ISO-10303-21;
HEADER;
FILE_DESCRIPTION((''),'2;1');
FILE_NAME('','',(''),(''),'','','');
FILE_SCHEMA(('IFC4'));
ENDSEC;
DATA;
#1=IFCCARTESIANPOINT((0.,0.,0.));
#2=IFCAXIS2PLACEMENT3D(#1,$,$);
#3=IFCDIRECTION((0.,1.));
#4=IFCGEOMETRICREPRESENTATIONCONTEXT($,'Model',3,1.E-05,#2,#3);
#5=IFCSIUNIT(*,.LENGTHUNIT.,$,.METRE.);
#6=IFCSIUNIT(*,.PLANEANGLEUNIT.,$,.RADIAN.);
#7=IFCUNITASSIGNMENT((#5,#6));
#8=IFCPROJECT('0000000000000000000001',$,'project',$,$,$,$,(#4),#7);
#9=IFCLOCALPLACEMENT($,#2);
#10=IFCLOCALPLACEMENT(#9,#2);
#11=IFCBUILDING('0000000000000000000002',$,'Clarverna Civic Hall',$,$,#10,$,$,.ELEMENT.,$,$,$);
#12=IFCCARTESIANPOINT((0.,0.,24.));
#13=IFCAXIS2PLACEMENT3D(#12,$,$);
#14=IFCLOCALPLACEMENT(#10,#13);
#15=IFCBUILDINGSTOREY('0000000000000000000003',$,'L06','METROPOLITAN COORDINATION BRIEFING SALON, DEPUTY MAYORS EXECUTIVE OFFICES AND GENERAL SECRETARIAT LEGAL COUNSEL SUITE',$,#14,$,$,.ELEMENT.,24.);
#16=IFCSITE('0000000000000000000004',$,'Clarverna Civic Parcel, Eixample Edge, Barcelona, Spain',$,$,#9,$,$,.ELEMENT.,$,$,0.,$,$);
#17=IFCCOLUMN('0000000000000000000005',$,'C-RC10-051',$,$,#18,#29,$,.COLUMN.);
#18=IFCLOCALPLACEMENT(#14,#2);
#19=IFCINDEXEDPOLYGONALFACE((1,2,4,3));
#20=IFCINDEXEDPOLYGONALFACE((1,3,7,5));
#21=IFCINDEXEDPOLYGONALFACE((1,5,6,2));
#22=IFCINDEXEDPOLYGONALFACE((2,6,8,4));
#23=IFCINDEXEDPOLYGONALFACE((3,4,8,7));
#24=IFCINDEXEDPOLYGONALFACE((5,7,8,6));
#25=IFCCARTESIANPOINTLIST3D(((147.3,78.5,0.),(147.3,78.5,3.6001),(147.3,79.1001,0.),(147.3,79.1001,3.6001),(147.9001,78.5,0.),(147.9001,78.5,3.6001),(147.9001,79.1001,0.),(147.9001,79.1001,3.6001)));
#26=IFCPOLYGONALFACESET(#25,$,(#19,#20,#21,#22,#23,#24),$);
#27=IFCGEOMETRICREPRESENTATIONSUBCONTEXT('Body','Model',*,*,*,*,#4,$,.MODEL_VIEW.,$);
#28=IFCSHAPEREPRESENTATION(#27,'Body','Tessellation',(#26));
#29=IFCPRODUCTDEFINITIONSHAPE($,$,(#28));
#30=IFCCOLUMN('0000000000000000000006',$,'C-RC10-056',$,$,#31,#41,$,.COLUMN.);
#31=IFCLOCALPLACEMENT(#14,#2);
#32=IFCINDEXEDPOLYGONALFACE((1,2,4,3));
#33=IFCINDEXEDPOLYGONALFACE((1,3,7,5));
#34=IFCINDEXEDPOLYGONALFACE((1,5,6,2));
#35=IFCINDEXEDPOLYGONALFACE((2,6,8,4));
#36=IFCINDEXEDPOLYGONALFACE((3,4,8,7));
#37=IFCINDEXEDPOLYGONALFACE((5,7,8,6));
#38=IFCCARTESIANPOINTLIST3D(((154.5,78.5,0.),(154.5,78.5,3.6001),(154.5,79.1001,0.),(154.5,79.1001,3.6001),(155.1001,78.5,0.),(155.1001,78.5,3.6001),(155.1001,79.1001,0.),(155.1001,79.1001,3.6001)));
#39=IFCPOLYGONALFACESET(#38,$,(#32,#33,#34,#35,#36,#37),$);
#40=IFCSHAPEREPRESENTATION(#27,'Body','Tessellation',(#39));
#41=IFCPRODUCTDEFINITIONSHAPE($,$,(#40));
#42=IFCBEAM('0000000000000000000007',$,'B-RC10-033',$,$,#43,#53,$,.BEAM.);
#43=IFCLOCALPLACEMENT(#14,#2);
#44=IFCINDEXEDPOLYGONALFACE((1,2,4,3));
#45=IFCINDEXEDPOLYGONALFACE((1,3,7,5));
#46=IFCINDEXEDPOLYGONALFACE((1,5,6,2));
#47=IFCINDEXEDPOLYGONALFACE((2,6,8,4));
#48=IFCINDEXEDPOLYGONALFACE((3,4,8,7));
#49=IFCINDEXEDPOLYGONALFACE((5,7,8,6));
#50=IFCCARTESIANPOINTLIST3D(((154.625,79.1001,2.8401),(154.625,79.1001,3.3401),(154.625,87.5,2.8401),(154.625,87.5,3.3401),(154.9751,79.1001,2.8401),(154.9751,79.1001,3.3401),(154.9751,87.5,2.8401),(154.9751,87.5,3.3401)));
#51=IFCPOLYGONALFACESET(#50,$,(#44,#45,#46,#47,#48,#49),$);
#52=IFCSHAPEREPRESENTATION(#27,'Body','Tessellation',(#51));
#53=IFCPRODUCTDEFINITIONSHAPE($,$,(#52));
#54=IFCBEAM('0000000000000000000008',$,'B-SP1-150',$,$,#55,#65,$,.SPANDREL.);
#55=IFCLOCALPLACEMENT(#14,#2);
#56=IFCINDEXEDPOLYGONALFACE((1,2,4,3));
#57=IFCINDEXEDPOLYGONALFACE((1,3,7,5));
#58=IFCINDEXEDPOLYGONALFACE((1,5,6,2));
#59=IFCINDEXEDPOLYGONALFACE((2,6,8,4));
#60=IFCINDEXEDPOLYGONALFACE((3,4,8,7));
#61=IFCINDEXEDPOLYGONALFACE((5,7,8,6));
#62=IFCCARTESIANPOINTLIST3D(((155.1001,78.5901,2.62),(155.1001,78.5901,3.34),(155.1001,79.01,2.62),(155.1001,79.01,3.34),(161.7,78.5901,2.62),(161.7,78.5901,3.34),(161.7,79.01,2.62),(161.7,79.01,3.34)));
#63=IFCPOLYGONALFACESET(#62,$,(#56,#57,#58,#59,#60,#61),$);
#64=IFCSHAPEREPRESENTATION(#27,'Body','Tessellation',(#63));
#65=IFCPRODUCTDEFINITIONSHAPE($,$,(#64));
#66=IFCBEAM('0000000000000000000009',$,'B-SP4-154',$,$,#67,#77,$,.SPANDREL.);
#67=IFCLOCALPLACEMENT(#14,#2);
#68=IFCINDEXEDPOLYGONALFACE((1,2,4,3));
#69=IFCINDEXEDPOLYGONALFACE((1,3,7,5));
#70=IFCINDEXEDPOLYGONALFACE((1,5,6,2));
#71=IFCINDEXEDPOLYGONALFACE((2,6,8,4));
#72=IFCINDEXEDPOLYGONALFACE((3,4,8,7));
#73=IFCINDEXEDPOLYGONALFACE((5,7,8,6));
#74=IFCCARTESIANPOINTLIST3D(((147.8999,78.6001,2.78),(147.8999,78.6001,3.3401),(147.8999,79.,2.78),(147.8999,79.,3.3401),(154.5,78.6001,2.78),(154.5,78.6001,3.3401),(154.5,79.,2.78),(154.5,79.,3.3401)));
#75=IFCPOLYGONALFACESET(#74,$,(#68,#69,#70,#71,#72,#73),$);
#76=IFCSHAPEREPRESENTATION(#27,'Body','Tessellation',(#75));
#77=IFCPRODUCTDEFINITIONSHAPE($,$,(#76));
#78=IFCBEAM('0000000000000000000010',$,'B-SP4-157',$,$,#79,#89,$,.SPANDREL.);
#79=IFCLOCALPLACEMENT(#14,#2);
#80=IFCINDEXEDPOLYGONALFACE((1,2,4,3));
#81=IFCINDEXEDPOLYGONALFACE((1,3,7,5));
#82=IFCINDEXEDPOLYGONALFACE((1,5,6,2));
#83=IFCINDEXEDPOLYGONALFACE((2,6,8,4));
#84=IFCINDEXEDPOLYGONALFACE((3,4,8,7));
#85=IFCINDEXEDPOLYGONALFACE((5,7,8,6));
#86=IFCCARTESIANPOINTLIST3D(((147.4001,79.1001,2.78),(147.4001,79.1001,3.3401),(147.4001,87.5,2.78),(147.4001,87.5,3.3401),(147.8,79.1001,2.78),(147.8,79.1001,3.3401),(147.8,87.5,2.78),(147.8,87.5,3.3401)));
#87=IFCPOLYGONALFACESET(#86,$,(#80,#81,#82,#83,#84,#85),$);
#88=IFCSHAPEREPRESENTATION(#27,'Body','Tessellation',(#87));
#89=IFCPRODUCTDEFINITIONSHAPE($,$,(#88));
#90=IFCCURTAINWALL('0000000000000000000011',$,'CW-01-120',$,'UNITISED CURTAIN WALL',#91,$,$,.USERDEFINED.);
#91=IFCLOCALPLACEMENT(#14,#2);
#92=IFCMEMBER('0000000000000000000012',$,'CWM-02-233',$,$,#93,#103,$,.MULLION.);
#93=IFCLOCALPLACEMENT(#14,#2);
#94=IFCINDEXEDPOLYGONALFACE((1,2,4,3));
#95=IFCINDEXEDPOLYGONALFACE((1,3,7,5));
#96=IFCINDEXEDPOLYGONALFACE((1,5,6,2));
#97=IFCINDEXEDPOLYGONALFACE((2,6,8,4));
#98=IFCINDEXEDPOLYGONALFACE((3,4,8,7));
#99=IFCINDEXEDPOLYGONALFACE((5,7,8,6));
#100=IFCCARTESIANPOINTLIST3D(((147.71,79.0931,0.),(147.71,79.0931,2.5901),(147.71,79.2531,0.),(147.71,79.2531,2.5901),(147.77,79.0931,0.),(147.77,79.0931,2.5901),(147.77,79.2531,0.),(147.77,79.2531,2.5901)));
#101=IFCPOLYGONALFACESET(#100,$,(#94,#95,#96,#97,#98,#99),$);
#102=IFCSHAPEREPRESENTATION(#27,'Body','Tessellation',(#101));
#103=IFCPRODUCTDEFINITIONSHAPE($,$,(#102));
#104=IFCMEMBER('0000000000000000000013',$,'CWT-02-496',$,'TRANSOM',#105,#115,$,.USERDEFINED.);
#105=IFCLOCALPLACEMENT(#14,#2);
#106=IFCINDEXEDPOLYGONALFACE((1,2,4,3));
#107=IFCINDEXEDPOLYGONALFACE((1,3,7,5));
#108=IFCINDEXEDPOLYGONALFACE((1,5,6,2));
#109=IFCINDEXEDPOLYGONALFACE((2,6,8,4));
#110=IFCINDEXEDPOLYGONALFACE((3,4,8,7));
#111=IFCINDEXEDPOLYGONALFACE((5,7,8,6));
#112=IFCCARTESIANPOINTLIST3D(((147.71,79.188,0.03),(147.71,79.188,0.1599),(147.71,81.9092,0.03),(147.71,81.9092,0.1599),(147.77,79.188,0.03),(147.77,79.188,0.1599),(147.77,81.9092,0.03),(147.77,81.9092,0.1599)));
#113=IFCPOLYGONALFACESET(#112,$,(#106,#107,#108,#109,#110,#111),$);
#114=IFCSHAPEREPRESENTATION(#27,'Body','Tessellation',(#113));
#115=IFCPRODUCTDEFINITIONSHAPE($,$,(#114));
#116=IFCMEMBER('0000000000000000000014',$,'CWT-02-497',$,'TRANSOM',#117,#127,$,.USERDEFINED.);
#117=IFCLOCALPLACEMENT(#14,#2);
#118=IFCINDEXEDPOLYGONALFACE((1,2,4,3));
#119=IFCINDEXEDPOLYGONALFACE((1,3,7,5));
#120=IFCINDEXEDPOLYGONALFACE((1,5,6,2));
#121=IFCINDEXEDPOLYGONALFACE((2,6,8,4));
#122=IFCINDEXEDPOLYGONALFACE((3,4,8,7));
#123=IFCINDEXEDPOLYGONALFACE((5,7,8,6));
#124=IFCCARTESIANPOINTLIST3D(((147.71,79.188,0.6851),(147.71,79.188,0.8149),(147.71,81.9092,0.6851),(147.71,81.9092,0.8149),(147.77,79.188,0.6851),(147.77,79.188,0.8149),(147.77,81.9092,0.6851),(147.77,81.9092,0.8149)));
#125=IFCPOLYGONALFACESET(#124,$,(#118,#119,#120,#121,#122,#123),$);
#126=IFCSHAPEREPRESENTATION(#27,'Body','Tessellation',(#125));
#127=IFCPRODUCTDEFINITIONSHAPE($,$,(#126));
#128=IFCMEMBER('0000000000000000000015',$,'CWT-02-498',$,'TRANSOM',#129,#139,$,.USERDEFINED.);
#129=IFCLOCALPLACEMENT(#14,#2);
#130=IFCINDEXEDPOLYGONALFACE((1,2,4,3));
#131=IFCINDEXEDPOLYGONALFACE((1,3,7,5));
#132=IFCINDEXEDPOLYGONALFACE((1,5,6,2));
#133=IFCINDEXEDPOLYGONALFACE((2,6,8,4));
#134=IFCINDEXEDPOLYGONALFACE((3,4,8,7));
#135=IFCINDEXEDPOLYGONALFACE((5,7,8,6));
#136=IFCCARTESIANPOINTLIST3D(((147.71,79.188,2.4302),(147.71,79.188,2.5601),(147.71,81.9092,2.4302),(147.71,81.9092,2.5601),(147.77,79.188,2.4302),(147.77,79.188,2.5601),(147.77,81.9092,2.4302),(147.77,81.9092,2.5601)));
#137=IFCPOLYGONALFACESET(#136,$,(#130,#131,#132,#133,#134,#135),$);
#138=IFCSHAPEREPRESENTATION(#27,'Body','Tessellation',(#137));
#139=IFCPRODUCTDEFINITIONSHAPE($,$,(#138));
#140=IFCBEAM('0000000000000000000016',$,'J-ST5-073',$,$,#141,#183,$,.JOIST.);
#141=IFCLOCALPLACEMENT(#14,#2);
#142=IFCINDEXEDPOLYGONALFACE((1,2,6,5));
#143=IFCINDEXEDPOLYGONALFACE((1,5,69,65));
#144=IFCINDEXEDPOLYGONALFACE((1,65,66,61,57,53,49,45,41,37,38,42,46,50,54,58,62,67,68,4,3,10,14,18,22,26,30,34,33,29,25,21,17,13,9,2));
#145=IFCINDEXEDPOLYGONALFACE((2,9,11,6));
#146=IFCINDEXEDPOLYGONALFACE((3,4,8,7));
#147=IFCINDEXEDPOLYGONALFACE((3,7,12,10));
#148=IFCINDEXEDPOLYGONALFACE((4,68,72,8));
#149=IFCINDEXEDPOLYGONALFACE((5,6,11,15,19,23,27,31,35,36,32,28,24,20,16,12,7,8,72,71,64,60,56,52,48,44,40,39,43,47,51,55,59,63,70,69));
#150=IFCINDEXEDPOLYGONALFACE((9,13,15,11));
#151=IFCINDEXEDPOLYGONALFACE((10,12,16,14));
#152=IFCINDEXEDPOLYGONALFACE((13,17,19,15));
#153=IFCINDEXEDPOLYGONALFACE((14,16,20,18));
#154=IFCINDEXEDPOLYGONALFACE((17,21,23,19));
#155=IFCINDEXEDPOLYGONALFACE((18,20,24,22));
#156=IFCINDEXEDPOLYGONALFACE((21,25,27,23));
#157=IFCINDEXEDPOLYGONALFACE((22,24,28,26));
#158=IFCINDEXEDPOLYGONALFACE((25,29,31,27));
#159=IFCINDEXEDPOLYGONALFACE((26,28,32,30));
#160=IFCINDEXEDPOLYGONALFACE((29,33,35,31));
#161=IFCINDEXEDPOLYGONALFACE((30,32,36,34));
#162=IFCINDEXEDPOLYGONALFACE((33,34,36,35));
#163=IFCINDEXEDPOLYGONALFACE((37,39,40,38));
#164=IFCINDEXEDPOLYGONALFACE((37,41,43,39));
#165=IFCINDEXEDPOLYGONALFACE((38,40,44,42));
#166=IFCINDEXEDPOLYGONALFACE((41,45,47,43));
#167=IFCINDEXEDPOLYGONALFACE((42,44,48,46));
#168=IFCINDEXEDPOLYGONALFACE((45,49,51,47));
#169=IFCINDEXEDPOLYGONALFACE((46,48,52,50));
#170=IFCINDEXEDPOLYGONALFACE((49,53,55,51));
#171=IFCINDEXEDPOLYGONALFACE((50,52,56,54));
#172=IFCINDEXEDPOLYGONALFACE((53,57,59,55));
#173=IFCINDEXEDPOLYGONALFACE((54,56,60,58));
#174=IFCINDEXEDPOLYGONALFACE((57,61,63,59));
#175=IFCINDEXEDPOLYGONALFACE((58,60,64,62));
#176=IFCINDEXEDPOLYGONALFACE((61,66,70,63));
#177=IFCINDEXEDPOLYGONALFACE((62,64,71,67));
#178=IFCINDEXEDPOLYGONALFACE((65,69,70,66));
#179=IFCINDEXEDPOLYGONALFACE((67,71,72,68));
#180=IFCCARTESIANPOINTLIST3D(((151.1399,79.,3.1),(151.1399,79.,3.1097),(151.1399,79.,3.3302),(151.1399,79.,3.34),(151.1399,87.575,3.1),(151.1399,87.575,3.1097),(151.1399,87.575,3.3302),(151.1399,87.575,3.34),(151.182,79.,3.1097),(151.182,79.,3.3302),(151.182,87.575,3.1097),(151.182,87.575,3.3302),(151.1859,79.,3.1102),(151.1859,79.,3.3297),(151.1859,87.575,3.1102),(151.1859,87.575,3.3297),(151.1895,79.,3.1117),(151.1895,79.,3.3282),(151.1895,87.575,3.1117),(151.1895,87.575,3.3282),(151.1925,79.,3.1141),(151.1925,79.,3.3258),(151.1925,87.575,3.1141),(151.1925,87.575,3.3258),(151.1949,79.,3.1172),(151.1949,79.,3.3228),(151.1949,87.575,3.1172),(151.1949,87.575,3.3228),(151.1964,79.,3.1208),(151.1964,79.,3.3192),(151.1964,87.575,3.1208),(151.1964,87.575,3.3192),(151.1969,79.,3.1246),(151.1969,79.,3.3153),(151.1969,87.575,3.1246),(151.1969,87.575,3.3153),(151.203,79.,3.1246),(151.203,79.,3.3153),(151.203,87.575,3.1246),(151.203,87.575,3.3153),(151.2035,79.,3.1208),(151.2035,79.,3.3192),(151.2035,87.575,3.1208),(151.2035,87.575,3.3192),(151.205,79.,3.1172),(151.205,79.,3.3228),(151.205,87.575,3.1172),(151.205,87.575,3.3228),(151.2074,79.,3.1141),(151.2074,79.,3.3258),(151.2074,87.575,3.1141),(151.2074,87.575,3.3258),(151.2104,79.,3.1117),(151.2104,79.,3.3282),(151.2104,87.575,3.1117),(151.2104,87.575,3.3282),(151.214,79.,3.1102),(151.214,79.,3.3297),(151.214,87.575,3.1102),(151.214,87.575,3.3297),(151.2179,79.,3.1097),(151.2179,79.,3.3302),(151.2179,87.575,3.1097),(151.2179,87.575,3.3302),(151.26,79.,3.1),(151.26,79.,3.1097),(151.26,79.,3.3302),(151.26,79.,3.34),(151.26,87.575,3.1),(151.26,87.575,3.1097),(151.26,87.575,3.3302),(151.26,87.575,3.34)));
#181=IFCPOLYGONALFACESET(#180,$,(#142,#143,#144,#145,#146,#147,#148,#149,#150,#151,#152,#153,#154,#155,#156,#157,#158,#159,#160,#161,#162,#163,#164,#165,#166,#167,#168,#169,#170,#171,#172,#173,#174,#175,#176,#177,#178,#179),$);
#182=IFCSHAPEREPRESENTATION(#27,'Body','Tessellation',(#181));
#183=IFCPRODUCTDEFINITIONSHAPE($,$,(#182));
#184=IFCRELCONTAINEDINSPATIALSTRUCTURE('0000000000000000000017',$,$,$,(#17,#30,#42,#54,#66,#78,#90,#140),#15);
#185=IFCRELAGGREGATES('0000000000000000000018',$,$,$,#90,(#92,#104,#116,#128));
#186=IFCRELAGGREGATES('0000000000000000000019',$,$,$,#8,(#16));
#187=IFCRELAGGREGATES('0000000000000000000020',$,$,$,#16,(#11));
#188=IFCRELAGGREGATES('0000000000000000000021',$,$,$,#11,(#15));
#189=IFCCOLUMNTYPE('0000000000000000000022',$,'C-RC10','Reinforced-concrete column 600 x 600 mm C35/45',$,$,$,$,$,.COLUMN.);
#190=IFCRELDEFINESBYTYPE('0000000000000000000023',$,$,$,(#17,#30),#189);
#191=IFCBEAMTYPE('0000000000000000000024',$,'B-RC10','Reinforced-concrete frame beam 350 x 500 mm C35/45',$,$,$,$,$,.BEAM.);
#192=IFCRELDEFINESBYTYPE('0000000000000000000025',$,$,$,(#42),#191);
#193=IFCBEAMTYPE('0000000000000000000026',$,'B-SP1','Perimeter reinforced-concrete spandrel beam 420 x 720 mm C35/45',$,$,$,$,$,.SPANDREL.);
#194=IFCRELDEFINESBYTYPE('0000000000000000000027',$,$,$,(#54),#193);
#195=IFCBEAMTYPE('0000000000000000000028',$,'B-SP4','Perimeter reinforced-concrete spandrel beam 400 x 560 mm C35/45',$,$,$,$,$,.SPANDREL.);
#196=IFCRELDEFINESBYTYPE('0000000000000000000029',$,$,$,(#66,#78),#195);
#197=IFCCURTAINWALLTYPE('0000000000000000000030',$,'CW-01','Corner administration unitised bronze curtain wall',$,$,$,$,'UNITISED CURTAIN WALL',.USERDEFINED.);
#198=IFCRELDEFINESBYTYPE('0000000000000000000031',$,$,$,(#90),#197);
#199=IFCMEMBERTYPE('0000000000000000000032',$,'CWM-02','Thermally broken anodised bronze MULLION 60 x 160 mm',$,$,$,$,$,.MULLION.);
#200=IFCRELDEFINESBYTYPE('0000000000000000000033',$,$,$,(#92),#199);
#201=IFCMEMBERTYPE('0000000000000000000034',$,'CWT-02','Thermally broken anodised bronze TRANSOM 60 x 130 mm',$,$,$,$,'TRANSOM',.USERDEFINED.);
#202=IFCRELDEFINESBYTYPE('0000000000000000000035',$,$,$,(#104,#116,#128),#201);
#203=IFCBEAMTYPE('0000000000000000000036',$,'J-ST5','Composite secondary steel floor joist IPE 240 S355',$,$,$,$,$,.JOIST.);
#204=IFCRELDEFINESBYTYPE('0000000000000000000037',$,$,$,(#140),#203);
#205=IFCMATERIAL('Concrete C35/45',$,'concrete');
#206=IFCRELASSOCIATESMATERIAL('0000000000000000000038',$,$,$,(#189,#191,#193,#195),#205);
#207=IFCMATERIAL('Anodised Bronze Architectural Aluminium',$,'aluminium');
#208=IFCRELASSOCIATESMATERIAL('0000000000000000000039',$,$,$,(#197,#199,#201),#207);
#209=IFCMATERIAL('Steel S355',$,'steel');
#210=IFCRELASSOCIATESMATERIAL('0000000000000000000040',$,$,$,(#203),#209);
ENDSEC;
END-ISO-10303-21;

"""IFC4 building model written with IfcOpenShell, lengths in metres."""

from ifc_helpers import new_model, si_unit, direction, frame, origin, origin_2d, place, context, subcontext, project, spatial, rectangle, i_section, extrude, material, material_profile, profile_set, type_object, element, aggregate, save


model = new_model("IFC4")

# Units and contexts
model_context = context("Model", 3, precision=1e-05, world=origin(), true_north=direction((0.0, 1.0)))
body_context = subcontext(model_context, "Body", "Model", "MODEL_VIEW")
ifc_project = project(units=[si_unit("LENGTHUNIT", "METRE"), si_unit("PLANEANGLEUNIT", "RADIAN")], contexts=[model_context])

# Site, building, storey
site_placement = place(None, origin())
site = spatial("IfcSite", under=ifc_project, at=site_placement, Name="Clarverna Civic Parcel, Eixample Edge, Barcelona, Spain", CompositionType="ELEMENT", RefElevation=0.0)
building_placement = place(site_placement, origin())
building = spatial("IfcBuilding", under=site, at=building_placement, Name="Clarverna Civic Hall", CompositionType="ELEMENT")
storey_placement = place(building_placement, frame((0.0, 0.0, 24.0)))
storey = spatial("IfcBuildingStorey", under=building, at=storey_placement, Name="L06", Description="METROPOLITAN COORDINATION BRIEFING SALON, DEPUTY MAYORS EXECUTIVE OFFICES AND GENERAL SECRETARIAT LEGAL COUNSEL SUITE", CompositionType="ELEMENT", Elevation=24.0)

# Columns
ifc_material_1 = material(Name="Concrete C35/45", Category="concrete")
ifc_material_profile_1 = material_profile(ifc_material_1, rectangle(XDim=0.6001, YDim=0.6001, at=origin_2d()), Name="RC 600x600")
ifc_profile_set_1 = profile_set([ifc_material_profile_1], Name="Concrete C35/45")
column_type = type_object("IfcColumnType", Name="C-RC10", Description="Reinforced-concrete column 600 x 600 mm C35/45", PredefinedType="COLUMN", material=ifc_profile_set_1)
for number, where, z_axis, x_axis, name in (
    (1, (147.6001, 78.8, 0.0), (0.0, 0.0, 1.0), (1.0, 0.0, 0.0), "C-RC10-051"),
    (2, (154.8, 78.8, 0.0), (0.0, 0.0, 1.0), (1.0, 0.0, 0.0), "C-RC10-056"),
):
    element("IfcColumn", number, at=place(storey_placement, frame(where, z_axis=z_axis, x_axis=x_axis)), inside=storey, type_object=column_type, Name=name, PredefinedType="COLUMN", context=body_context, shape_type="SweptSolid", body=[
        extrude(rectangle(XDim=0.6001, YDim=0.6001, at=origin_2d()), origin(), (0.0, 0.0, 1.0), 3.6001),
    ])

# Beams
ifc_material_profile_2 = material_profile(ifc_material_1, rectangle(XDim=0.3501, YDim=0.5, at=origin_2d()), Name="RC 350x500")
ifc_profile_set_2 = profile_set([ifc_material_profile_2], Name="Concrete C35/45")
beam_type_1 = type_object("IfcBeamType", Name="B-RC10", Description="Reinforced-concrete frame beam 350 x 500 mm C35/45", PredefinedType="BEAM", material=ifc_profile_set_2)
beam_1_placement = place(storey_placement, frame((154.8, 79.1001, 3.0901), z_axis=(0.0, 1.0, 0.0), x_axis=(-1.0, 0.0, 0.0)))
element("IfcBeam", 3, at=beam_1_placement, inside=storey, type_object=beam_type_1, Name="B-RC10-033", PredefinedType="BEAM", context=body_context, shape_type="SweptSolid", body=[
    extrude(rectangle(XDim=0.3501, YDim=0.5, at=origin_2d()), origin(), (0.0, 0.0, 1.0), 8.3999),
])
ifc_material_profile_3 = material_profile(ifc_material_1, rectangle(XDim=0.4199, YDim=0.72, at=origin_2d()), Name="RC 420x720")
ifc_profile_set_3 = profile_set([ifc_material_profile_3], Name="Concrete C35/45")
beam_type_2 = type_object("IfcBeamType", Name="B-SP1", Description="Perimeter reinforced-concrete spandrel beam 420 x 720 mm C35/45", PredefinedType="SPANDREL", material=ifc_profile_set_3)
beam_2_placement = place(storey_placement, frame((155.1001, 78.8, 2.98), z_axis=(1.0, 0.0, 0.0), x_axis=(0.0, 1.0, 0.0)))
element("IfcBeam", 4, at=beam_2_placement, inside=storey, type_object=beam_type_2, Name="B-SP1-150", PredefinedType="SPANDREL", context=body_context, shape_type="SweptSolid", body=[
    extrude(rectangle(XDim=0.4199, YDim=0.72, at=origin_2d()), origin(), (0.0, 0.0, 1.0), 6.5999),
])
ifc_material_profile_4 = material_profile(ifc_material_1, rectangle(XDim=0.3999, YDim=0.5601, at=origin_2d()), Name="RC 400x560")
ifc_profile_set_4 = profile_set([ifc_material_profile_4], Name="Concrete C35/45")
beam_type_3 = type_object("IfcBeamType", Name="B-SP4", Description="Perimeter reinforced-concrete spandrel beam 400 x 560 mm C35/45", PredefinedType="SPANDREL", material=ifc_profile_set_4)
beam_3_placement = place(storey_placement, frame((147.8999, 78.8, 3.0601), z_axis=(1.0, 0.0, 0.0), x_axis=(0.0, 1.0, 0.0)))
element("IfcBeam", 5, at=beam_3_placement, inside=storey, type_object=beam_type_3, Name="B-SP4-154", PredefinedType="SPANDREL", context=body_context, shape_type="SweptSolid", body=[
    extrude(rectangle(XDim=0.3999, YDim=0.5601, at=origin_2d()), origin(), (0.0, 0.0, 1.0), 6.6001),
])
beam_4_placement = place(storey_placement, frame((147.6001, 79.1001, 3.0601), z_axis=(0.0, 1.0, 0.0), x_axis=(-1.0, 0.0, 0.0)))
element("IfcBeam", 6, at=beam_4_placement, inside=storey, type_object=beam_type_3, Name="B-SP4-157", PredefinedType="SPANDREL", context=body_context, shape_type="SweptSolid", body=[
    extrude(rectangle(XDim=0.3999, YDim=0.5601, at=origin_2d()), origin(), (0.0, 0.0, 1.0), 8.3999),
])

# Curtain wall, members
ifc_material_2 = material(Name="Anodised Bronze Architectural Aluminium", Category="aluminium")
curtain_wall_type = type_object("IfcCurtainWallType", Name="CW-01", Description="Corner administration unitised bronze curtain wall", ElementType="UNITISED CURTAIN WALL", PredefinedType="USERDEFINED", material=ifc_material_2)
curtain_wall_placement = place(storey_placement, origin())
curtain_wall = element("IfcCurtainWall", 7, at=curtain_wall_placement, inside=storey, type_object=curtain_wall_type, Name="CW-01-120", ObjectType="UNITISED CURTAIN WALL", PredefinedType="USERDEFINED")
ifc_material_profile_5 = material_profile(ifc_material_2, rectangle(XDim=0.0601, YDim=0.1599, at=origin_2d()), Name="BRONZE 60x160")
ifc_profile_set_5 = profile_set([ifc_material_profile_5], Name="Anodised Bronze Architectural Aluminium")
member_type_1 = type_object("IfcMemberType", Name="CWM-02", Description="Thermally broken anodised bronze MULLION 60 x 160 mm", PredefinedType="MULLION", material=ifc_profile_set_5)
member_1_placement = place(storey_placement, frame((147.74, 79.1731, 0.0), z_axis=(0.0, 0.0, 1.0), x_axis=(1.0, 0.0, 0.0)))
member_1 = element("IfcMember", 8, at=member_1_placement, type_object=member_type_1, Name="CWM-02-233", PredefinedType="MULLION", context=body_context, shape_type="SweptSolid", body=[
    extrude(rectangle(XDim=0.0601, YDim=0.1599, at=origin_2d()), origin(), (0.0, 0.0, 1.0), 2.5901),
])
ifc_material_profile_6 = material_profile(ifc_material_2, rectangle(XDim=0.0601, YDim=0.1299, at=origin_2d()), Name="BRONZE 60x130")
ifc_profile_set_6 = profile_set([ifc_material_profile_6], Name="Anodised Bronze Architectural Aluminium")
member_type_2 = type_object("IfcMemberType", Name="CWT-02", Description="Thermally broken anodised bronze TRANSOM 60 x 130 mm", ElementType="TRANSOM", PredefinedType="USERDEFINED", material=ifc_profile_set_6)
member_2_placement = place(storey_placement, frame((147.74, 79.188, 0.095), z_axis=(0.0, 1.0, 0.0), x_axis=(-1.0, 0.0, 0.0)))
member_2 = element("IfcMember", 9, at=member_2_placement, type_object=member_type_2, Name="CWT-02-496", ObjectType="TRANSOM", PredefinedType="USERDEFINED", context=body_context, shape_type="SweptSolid", body=[
    extrude(rectangle(XDim=0.0601, YDim=0.1299, at=origin_2d()), origin(), (0.0, 0.0, 1.0), 2.7212),
])
member_3_placement = place(storey_placement, frame((147.74, 79.188, 0.75), z_axis=(0.0, 1.0, 0.0), x_axis=(-1.0, 0.0, 0.0)))
member_3 = element("IfcMember", 10, at=member_3_placement, type_object=member_type_2, Name="CWT-02-497", ObjectType="TRANSOM", PredefinedType="USERDEFINED", context=body_context, shape_type="SweptSolid", body=[
    extrude(rectangle(XDim=0.0601, YDim=0.1299, at=origin_2d()), origin(), (0.0, 0.0, 1.0), 2.7212),
])
member_4_placement = place(storey_placement, frame((147.74, 79.188, 2.4951), z_axis=(0.0, 1.0, 0.0), x_axis=(-1.0, 0.0, 0.0)))
member_4 = element("IfcMember", 11, at=member_4_placement, type_object=member_type_2, Name="CWT-02-498", ObjectType="TRANSOM", PredefinedType="USERDEFINED", context=body_context, shape_type="SweptSolid", body=[
    extrude(rectangle(XDim=0.0601, YDim=0.1299, at=origin_2d()), origin(), (0.0, 0.0, 1.0), 2.7212),
])

# Beam
ifc_material_3 = material(Name="Steel S355", Category="steel")
ifc_material_profile_7 = material_profile(ifc_material_3, i_section(OverallWidth=0.1201, OverallDepth=0.24, WebThickness=0.0061, FlangeThickness=0.0098, FilletRadius=0.0149, at=origin_2d()), Name="IPE 240")
ifc_profile_set_7 = profile_set([ifc_material_profile_7], Name="Steel S355")
beam_type_4 = type_object("IfcBeamType", Name="J-ST5", Description="Composite secondary steel floor joist IPE 240 S355", PredefinedType="JOIST", material=ifc_profile_set_7)
beam_5_placement = place(storey_placement, frame((151.2, 79.0, 3.22), z_axis=(0.0, 1.0, 0.0), x_axis=(-1.0, 0.0, 0.0)))
element("IfcBeam", 12, at=beam_5_placement, inside=storey, type_object=beam_type_4, Name="J-ST5-073", PredefinedType="JOIST", context=body_context, shape_type="SweptSolid", body=[
    extrude(i_section(OverallWidth=0.1201, OverallDepth=0.24, WebThickness=0.0061, FlangeThickness=0.0098, FilletRadius=0.0149, at=origin_2d()), origin(), (0.0, 0.0, 1.0), 8.575),
])

aggregate(curtain_wall, [member_1, member_2, member_3, member_4])

save(model, "model.ifc")
